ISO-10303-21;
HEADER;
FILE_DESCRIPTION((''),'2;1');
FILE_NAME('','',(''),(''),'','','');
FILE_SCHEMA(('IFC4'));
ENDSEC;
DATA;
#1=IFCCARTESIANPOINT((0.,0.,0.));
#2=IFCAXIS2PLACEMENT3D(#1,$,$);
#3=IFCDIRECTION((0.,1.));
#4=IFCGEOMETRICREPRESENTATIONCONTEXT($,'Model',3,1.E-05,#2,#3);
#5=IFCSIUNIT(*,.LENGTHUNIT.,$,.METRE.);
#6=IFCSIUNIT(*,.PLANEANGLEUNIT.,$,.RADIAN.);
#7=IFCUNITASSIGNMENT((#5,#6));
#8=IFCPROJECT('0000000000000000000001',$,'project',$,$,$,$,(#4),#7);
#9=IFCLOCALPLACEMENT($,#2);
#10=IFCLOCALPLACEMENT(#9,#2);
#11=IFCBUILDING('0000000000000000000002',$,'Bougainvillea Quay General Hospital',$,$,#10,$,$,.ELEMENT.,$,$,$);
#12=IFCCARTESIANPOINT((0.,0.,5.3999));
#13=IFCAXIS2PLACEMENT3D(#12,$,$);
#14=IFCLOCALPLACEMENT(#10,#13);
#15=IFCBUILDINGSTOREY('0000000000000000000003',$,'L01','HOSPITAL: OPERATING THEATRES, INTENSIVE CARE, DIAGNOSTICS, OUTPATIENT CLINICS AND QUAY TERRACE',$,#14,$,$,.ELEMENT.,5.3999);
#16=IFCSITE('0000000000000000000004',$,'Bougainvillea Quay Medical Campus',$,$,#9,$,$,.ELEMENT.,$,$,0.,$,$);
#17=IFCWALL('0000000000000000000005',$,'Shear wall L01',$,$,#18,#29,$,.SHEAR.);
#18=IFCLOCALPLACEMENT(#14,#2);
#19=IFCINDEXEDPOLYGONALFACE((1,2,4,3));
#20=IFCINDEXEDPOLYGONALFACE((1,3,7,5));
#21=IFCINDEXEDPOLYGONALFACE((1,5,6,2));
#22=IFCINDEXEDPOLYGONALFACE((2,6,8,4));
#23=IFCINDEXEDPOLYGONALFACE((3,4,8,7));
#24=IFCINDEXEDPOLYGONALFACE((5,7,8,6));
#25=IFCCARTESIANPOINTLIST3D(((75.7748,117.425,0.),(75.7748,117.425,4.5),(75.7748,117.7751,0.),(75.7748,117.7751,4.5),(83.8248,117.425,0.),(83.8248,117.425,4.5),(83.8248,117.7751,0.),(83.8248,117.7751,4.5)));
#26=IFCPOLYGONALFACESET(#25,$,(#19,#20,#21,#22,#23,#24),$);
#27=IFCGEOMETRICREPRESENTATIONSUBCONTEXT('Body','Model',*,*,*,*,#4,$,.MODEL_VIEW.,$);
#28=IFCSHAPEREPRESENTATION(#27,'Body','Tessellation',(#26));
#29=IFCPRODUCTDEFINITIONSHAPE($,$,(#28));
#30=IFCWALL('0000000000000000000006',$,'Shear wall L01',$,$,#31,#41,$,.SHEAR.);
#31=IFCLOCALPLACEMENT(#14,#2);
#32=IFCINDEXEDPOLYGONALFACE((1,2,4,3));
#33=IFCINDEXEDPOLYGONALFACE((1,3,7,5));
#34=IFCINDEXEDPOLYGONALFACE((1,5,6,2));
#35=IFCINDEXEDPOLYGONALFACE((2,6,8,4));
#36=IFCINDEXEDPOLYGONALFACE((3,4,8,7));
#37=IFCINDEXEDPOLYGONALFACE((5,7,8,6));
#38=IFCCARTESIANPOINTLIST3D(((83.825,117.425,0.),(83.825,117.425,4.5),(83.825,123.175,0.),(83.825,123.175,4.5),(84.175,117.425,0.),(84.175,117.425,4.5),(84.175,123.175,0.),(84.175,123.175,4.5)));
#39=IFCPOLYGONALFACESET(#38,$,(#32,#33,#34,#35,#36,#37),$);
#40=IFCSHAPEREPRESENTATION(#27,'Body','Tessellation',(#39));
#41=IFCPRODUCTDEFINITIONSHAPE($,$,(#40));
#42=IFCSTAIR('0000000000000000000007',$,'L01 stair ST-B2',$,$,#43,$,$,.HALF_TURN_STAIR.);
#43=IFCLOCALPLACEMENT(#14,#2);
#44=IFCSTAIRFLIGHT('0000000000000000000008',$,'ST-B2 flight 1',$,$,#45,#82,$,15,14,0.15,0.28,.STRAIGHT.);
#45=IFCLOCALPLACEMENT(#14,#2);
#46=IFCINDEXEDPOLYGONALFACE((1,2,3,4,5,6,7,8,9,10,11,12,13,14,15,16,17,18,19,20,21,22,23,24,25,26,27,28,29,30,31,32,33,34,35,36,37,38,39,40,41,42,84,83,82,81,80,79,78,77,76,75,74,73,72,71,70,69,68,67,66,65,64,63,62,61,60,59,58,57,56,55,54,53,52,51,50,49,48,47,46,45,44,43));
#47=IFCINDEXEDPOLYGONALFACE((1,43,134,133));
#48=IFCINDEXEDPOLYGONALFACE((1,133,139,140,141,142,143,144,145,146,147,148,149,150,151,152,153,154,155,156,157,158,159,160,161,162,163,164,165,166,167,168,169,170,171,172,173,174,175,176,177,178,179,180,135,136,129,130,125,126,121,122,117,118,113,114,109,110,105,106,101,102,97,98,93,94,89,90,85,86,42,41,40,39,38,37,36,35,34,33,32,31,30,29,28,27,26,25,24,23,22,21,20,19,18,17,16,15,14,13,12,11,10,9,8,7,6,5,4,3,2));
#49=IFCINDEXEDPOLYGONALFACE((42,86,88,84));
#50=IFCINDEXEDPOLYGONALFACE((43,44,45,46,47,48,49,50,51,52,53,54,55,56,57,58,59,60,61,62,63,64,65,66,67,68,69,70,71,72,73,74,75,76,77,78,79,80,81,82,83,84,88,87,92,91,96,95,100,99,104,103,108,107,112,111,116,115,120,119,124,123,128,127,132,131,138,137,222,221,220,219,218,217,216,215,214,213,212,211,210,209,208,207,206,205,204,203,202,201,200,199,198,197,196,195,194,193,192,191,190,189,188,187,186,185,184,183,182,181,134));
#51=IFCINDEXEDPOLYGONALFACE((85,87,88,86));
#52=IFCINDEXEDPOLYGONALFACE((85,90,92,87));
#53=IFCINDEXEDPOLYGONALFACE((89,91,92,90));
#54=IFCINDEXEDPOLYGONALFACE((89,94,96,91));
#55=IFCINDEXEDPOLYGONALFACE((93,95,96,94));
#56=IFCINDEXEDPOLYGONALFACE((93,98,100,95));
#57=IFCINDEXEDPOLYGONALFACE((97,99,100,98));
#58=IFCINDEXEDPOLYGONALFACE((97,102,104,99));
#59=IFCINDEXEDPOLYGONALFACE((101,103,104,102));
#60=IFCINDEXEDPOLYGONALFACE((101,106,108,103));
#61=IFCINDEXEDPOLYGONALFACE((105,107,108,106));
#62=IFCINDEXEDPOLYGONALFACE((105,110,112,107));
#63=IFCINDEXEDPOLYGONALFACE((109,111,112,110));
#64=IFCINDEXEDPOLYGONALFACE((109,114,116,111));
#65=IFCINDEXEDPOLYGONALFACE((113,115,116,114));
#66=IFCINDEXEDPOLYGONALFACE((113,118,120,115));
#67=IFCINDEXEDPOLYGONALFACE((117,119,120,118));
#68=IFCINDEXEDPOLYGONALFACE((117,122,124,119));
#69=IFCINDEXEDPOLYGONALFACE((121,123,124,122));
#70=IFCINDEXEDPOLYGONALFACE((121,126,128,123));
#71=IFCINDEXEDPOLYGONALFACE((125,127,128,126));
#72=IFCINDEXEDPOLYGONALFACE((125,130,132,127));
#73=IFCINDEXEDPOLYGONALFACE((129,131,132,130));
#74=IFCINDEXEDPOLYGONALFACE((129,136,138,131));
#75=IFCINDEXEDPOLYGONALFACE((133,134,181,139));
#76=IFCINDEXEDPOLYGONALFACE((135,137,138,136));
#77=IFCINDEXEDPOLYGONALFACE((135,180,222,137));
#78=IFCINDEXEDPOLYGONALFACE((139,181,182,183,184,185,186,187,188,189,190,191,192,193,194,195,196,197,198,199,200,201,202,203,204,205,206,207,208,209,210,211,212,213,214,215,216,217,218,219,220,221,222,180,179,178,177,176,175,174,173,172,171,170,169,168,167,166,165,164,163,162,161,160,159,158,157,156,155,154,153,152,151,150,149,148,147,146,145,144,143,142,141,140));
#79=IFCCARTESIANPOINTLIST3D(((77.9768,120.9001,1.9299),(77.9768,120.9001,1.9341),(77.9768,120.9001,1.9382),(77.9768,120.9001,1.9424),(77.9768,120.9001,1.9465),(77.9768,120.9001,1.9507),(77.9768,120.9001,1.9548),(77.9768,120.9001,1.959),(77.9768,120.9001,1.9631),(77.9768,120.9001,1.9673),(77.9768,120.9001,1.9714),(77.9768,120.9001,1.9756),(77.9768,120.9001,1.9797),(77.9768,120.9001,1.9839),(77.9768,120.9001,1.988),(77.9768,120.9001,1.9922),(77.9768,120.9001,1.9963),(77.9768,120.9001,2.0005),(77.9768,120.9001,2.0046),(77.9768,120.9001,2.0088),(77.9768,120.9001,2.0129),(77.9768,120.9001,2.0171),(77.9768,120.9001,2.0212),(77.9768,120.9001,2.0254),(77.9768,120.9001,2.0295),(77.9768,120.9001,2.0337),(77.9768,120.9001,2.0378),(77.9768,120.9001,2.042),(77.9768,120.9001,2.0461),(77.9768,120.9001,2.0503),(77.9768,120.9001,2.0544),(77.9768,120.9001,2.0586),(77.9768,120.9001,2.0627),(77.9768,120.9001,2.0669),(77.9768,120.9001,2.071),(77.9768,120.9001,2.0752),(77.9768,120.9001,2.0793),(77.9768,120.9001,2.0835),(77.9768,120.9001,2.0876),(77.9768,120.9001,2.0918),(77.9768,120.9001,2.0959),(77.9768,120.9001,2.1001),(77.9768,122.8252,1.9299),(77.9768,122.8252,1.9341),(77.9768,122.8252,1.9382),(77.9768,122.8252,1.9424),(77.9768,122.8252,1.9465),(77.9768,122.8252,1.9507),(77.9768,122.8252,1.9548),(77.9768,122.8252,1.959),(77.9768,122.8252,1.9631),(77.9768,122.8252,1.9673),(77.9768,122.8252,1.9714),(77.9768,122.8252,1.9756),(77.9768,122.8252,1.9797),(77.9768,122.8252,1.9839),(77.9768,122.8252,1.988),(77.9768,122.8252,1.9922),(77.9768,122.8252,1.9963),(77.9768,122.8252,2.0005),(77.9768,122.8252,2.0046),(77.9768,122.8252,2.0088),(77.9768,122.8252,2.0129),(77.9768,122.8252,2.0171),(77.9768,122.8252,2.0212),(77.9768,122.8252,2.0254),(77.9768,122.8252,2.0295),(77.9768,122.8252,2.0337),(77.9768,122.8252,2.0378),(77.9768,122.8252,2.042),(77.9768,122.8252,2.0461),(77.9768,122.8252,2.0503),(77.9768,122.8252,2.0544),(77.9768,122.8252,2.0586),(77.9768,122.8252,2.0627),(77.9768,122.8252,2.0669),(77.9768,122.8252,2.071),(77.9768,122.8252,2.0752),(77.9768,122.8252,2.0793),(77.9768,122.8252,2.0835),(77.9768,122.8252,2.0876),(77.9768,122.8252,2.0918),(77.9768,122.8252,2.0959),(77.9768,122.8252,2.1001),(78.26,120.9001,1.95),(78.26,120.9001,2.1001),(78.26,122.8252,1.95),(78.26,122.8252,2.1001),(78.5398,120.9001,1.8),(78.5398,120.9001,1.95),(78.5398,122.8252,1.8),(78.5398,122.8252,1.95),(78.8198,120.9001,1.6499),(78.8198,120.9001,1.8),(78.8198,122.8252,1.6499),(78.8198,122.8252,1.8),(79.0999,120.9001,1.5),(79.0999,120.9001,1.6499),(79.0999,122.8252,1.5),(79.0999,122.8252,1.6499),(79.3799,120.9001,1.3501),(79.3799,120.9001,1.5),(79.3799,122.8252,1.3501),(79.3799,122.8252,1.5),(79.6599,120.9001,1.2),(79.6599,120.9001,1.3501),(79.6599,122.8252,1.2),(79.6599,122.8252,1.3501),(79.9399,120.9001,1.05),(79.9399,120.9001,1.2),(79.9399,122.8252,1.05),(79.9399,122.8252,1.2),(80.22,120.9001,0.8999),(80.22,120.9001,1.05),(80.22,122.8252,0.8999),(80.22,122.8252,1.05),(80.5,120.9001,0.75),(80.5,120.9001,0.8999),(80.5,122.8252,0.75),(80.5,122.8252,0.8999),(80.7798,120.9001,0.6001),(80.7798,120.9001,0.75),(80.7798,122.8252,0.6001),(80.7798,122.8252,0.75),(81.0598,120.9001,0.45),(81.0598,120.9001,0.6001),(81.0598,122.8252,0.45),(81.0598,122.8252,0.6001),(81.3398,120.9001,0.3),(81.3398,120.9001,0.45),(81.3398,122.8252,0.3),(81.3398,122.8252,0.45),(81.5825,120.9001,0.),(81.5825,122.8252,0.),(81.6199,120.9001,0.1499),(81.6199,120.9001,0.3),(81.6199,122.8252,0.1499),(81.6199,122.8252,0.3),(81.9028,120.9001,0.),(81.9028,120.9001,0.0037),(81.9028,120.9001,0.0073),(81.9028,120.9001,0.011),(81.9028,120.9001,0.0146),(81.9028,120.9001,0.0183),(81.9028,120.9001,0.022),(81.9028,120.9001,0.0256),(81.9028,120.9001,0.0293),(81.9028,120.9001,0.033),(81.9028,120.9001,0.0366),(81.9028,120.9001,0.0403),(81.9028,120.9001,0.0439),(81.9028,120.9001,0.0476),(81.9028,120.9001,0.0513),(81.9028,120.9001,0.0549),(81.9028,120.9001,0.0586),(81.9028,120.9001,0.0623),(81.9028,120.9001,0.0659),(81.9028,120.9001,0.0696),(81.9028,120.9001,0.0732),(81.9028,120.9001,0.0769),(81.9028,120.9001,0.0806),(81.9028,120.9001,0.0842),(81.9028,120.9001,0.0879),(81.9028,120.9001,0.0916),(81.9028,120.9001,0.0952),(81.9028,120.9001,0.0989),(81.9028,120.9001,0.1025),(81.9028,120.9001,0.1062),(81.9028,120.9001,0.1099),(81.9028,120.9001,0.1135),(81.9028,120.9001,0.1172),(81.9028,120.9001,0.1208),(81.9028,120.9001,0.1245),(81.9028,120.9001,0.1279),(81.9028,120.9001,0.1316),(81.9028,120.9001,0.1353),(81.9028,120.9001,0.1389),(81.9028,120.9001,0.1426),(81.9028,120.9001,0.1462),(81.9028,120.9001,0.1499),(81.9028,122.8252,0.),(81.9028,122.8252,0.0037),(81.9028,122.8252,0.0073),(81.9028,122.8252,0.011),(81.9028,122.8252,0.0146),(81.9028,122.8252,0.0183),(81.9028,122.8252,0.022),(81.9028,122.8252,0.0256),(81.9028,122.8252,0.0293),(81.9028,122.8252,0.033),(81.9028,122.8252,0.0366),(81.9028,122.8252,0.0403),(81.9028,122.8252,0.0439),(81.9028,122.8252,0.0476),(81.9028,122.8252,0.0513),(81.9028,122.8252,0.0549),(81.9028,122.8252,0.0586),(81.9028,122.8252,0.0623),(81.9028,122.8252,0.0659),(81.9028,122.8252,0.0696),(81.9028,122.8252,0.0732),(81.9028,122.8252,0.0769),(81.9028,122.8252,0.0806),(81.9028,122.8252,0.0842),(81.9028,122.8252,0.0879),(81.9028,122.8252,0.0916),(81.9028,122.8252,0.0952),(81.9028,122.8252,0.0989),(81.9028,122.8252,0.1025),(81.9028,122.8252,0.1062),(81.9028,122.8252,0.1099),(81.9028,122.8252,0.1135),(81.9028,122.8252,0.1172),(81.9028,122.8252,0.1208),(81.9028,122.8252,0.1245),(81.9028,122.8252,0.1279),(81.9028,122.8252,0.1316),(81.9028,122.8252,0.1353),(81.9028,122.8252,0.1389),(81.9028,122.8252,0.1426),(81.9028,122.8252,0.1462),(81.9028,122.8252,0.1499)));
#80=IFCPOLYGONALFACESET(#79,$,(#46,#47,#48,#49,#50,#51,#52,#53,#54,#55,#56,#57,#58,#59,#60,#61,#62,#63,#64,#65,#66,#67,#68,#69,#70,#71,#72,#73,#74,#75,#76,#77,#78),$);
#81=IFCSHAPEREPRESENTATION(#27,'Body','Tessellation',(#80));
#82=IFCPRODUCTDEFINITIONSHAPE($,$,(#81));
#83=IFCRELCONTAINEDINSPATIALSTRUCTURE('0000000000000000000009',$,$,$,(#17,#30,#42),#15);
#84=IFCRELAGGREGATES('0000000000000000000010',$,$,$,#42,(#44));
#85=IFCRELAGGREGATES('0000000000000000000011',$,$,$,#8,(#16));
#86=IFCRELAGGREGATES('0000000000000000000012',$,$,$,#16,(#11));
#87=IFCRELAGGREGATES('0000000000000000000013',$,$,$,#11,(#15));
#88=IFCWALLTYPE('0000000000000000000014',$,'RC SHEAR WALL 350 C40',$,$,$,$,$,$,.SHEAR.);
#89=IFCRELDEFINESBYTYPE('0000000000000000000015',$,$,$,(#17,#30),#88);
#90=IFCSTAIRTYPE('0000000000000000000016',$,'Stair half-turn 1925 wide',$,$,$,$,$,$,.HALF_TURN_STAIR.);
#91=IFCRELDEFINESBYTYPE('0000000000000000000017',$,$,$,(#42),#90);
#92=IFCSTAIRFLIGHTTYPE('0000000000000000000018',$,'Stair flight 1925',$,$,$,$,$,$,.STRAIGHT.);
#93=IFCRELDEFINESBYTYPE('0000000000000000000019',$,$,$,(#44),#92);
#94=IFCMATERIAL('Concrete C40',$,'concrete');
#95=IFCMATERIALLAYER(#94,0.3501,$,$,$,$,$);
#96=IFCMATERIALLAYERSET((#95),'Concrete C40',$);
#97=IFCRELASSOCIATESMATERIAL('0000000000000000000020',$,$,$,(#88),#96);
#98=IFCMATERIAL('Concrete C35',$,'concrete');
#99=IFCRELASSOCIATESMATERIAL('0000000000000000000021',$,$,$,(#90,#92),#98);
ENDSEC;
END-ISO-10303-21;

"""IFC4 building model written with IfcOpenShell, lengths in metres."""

from ifc_helpers import new_model, si_unit, direction, frame, frame_2d, origin, place, context, subcontext, project, spatial, polyline, rectangle, outline, extrude, material, layer, layer_set, type_object, element, aggregate, save


model = new_model("IFC4")

# Units and contexts
model_context = context("Model", 3, precision=1e-05, world=origin(), true_north=direction((0.0, 1.0)))
body_context = subcontext(model_context, "Body", "Model", "MODEL_VIEW")
ifc_project = project(units=[si_unit("LENGTHUNIT", "METRE"), si_unit("PLANEANGLEUNIT", "RADIAN")], contexts=[model_context])

# Site, building, storey
site_placement = place(None, origin())
site = spatial("IfcSite", under=ifc_project, at=site_placement, Name="Bougainvillea Quay Medical Campus", CompositionType="ELEMENT", RefElevation=0.0)
building_placement = place(site_placement, origin())
building = spatial("IfcBuilding", under=site, at=building_placement, Name="Bougainvillea Quay General Hospital", CompositionType="ELEMENT")
storey_placement = place(building_placement, frame((0.0, 0.0, 5.3999)))
storey = spatial("IfcBuildingStorey", under=building, at=storey_placement, Name="L01", Description="HOSPITAL: OPERATING THEATRES, INTENSIVE CARE, DIAGNOSTICS, OUTPATIENT CLINICS AND QUAY TERRACE", CompositionType="ELEMENT", Elevation=5.3999)

# Walls
ifc_material_1 = material(Name="Concrete C40", Category="concrete")
ifc_layer_1 = layer(ifc_material_1, 0.3501)
ifc_layer_set_1 = layer_set([ifc_layer_1], Name="Concrete C40")
wall_type_1 = type_object("IfcWallType", Name="RC SHEAR WALL 350 C40", PredefinedType="SHEAR", material=ifc_layer_set_1)
wall_1_placement = place(storey_placement, frame((75.7749, 117.6001, 0.0), z_axis=(0.0, 0.0, 1.0), x_axis=(1.0, 0.0, 0.0)))
element("IfcWall", 1, at=wall_1_placement, inside=storey, type_object=wall_type_1, Name="Shear wall L01", PredefinedType="SHEAR", context=body_context, shape_type="SweptSolid", body=[
    extrude(rectangle(XDim=8.05, YDim=0.3501, at=frame_2d((4.0249, 0.0))), origin(), (0.0, 0.0, 1.0), 4.5),
])
wall_2_placement = place(storey_placement, frame((84.0, 117.425, 0.0), z_axis=(0.0, 0.0, 1.0), x_axis=(0.0, 1.0, 0.0)))
element("IfcWall", 2, at=wall_2_placement, inside=storey, type_object=wall_type_1, Name="Shear wall L01", PredefinedType="SHEAR", context=body_context, shape_type="SweptSolid", body=[
    extrude(rectangle(XDim=5.75, YDim=0.3501, at=frame_2d((2.875, 0.0))), origin(), (0.0, 0.0, 1.0), 4.5),
])

# Stair, stair flight
ifc_material_2 = material(Name="Concrete C35", Category="concrete")
stair_type = type_object("IfcStairType", Name="Stair half-turn 1925 wide", PredefinedType="HALF_TURN_STAIR", material=ifc_material_2)
stair_placement = place(storey_placement, origin())
stair = element("IfcStair", 3, at=stair_placement, inside=storey, type_object=stair_type, Name="L01 stair ST-B2", PredefinedType="HALF_TURN_STAIR")
stair_flight_type = type_object("IfcStairFlightType", Name="Stair flight 1925", PredefinedType="STRAIGHT", material=ifc_material_2)
stair_flight_1_placement = place(storey_placement, frame((81.8999, 121.8625, 0.0), z_axis=(0.0, 0.0, 1.0), x_axis=(-1.0, 0.0, 0.0)))
stair_flight_1 = element("IfcStairFlight", 4, at=stair_flight_1_placement, type_object=stair_flight_type, Name="ST-B2 flight 1", NumberOfRisers=15, NumberOfTreads=14, PredefinedType="STRAIGHT", RiserHeight=0.15, TreadLength=0.28, context=body_context, shape_type="SweptSolid", body=[
    extrude(outline(polyline([(-0.0029, 0.0), (-0.0029, 0.0037), (-0.0029, 0.0073), (-0.0029, 0.011), (-0.0029, 0.0146), (-0.0029, 0.0183), (-0.0029, 0.022), (-0.0029, 0.0256), (-0.0029, 0.0293), (-0.0029, 0.033), (-0.0029, 0.0366), (-0.0029, 0.0403), (-0.0029, 0.0439), (-0.0029, 0.0476), (-0.0029, 0.0513), (-0.0029, 0.0549), (-0.0029, 0.0586), (-0.0029, 0.0623), (-0.0029, 0.0659), (-0.0029, 0.0696), (-0.0029, 0.0732), (-0.0029, 0.0769), (-0.0029, 0.0806), (-0.0029, 0.0842), (-0.0029, 0.0879), (-0.0029, 0.0916), (-0.0029, 0.0952), (-0.0029, 0.0989), (-0.0029, 0.1025), (-0.0029, 0.1062), (-0.0029, 0.1099), (-0.0029, 0.1135), (-0.0029, 0.1172), (-0.0029, 0.1208), (-0.0029, 0.1245), (-0.0029, 0.1279), (-0.0029, 0.1316), (-0.0029, 0.1353), (-0.0029, 0.1389), (-0.0029, 0.1426), (-0.0029, 0.1462), (-0.0029, 0.1499), (0.28, 0.1499), (0.28, 0.3), (0.5601, 0.3), (0.5601, 0.45), (0.8401, 0.45), (0.8401, 0.6001), (1.1201, 0.6001), (1.1201, 0.75), (1.3999, 0.75), (1.3999, 0.8999), (1.6799, 0.8999), (1.6799, 1.05), (1.96, 1.05), (1.96, 1.2), (2.24, 1.2), (2.24, 1.3501), (2.52, 1.3501), (2.52, 1.5), (2.8, 1.5), (2.8, 1.6499), (3.0801, 1.6499), (3.0801, 1.8), (3.3601, 1.8), (3.3601, 1.95), (3.6399, 1.95), (3.6399, 2.1001), (3.9231, 2.1001), (3.9231, 2.0959), (3.9231, 2.0918), (3.9231, 2.0876), (3.9231, 2.0835), (3.9231, 2.0793), (3.9231, 2.0752), (3.9231, 2.071), (3.9231, 2.0669), (3.9231, 2.0627), (3.9231, 2.0586), (3.9231, 2.0544), (3.9231, 2.0503), (3.9231, 2.0461), (3.9231, 2.042), (3.9231, 2.0378), (3.9231, 2.0337), (3.9231, 2.0295), (3.9231, 2.0254), (3.9231, 2.0212), (3.9231, 2.0171), (3.9231, 2.0129), (3.9231, 2.0088), (3.9231, 2.0046), (3.9231, 2.0005), (3.9231, 1.9963), (3.9231, 1.9922), (3.9231, 1.988), (3.9231, 1.9839), (3.9231, 1.9797), (3.9231, 1.9756), (3.9231, 1.9714), (3.9231, 1.9673), (3.9231, 1.9631), (3.9231, 1.959), (3.9231, 1.9548), (3.9231, 1.9507), (3.9231, 1.9465), (3.9231, 1.9424), (3.9231, 1.9382), (3.9231, 1.9341), (3.9231, 1.9299), (0.3174, 0.0), (-0.0029, 0.0)])), frame((0.0, 0.9624, 0.0), z_axis=(0.0, -1.0, 0.0), x_axis=(1.0, 0.0, 0.0)), (0.0, 0.0, 1.0), 1.925),
])
aggregate(stair, [stair_flight_1])

save(model, "model.ifc")
